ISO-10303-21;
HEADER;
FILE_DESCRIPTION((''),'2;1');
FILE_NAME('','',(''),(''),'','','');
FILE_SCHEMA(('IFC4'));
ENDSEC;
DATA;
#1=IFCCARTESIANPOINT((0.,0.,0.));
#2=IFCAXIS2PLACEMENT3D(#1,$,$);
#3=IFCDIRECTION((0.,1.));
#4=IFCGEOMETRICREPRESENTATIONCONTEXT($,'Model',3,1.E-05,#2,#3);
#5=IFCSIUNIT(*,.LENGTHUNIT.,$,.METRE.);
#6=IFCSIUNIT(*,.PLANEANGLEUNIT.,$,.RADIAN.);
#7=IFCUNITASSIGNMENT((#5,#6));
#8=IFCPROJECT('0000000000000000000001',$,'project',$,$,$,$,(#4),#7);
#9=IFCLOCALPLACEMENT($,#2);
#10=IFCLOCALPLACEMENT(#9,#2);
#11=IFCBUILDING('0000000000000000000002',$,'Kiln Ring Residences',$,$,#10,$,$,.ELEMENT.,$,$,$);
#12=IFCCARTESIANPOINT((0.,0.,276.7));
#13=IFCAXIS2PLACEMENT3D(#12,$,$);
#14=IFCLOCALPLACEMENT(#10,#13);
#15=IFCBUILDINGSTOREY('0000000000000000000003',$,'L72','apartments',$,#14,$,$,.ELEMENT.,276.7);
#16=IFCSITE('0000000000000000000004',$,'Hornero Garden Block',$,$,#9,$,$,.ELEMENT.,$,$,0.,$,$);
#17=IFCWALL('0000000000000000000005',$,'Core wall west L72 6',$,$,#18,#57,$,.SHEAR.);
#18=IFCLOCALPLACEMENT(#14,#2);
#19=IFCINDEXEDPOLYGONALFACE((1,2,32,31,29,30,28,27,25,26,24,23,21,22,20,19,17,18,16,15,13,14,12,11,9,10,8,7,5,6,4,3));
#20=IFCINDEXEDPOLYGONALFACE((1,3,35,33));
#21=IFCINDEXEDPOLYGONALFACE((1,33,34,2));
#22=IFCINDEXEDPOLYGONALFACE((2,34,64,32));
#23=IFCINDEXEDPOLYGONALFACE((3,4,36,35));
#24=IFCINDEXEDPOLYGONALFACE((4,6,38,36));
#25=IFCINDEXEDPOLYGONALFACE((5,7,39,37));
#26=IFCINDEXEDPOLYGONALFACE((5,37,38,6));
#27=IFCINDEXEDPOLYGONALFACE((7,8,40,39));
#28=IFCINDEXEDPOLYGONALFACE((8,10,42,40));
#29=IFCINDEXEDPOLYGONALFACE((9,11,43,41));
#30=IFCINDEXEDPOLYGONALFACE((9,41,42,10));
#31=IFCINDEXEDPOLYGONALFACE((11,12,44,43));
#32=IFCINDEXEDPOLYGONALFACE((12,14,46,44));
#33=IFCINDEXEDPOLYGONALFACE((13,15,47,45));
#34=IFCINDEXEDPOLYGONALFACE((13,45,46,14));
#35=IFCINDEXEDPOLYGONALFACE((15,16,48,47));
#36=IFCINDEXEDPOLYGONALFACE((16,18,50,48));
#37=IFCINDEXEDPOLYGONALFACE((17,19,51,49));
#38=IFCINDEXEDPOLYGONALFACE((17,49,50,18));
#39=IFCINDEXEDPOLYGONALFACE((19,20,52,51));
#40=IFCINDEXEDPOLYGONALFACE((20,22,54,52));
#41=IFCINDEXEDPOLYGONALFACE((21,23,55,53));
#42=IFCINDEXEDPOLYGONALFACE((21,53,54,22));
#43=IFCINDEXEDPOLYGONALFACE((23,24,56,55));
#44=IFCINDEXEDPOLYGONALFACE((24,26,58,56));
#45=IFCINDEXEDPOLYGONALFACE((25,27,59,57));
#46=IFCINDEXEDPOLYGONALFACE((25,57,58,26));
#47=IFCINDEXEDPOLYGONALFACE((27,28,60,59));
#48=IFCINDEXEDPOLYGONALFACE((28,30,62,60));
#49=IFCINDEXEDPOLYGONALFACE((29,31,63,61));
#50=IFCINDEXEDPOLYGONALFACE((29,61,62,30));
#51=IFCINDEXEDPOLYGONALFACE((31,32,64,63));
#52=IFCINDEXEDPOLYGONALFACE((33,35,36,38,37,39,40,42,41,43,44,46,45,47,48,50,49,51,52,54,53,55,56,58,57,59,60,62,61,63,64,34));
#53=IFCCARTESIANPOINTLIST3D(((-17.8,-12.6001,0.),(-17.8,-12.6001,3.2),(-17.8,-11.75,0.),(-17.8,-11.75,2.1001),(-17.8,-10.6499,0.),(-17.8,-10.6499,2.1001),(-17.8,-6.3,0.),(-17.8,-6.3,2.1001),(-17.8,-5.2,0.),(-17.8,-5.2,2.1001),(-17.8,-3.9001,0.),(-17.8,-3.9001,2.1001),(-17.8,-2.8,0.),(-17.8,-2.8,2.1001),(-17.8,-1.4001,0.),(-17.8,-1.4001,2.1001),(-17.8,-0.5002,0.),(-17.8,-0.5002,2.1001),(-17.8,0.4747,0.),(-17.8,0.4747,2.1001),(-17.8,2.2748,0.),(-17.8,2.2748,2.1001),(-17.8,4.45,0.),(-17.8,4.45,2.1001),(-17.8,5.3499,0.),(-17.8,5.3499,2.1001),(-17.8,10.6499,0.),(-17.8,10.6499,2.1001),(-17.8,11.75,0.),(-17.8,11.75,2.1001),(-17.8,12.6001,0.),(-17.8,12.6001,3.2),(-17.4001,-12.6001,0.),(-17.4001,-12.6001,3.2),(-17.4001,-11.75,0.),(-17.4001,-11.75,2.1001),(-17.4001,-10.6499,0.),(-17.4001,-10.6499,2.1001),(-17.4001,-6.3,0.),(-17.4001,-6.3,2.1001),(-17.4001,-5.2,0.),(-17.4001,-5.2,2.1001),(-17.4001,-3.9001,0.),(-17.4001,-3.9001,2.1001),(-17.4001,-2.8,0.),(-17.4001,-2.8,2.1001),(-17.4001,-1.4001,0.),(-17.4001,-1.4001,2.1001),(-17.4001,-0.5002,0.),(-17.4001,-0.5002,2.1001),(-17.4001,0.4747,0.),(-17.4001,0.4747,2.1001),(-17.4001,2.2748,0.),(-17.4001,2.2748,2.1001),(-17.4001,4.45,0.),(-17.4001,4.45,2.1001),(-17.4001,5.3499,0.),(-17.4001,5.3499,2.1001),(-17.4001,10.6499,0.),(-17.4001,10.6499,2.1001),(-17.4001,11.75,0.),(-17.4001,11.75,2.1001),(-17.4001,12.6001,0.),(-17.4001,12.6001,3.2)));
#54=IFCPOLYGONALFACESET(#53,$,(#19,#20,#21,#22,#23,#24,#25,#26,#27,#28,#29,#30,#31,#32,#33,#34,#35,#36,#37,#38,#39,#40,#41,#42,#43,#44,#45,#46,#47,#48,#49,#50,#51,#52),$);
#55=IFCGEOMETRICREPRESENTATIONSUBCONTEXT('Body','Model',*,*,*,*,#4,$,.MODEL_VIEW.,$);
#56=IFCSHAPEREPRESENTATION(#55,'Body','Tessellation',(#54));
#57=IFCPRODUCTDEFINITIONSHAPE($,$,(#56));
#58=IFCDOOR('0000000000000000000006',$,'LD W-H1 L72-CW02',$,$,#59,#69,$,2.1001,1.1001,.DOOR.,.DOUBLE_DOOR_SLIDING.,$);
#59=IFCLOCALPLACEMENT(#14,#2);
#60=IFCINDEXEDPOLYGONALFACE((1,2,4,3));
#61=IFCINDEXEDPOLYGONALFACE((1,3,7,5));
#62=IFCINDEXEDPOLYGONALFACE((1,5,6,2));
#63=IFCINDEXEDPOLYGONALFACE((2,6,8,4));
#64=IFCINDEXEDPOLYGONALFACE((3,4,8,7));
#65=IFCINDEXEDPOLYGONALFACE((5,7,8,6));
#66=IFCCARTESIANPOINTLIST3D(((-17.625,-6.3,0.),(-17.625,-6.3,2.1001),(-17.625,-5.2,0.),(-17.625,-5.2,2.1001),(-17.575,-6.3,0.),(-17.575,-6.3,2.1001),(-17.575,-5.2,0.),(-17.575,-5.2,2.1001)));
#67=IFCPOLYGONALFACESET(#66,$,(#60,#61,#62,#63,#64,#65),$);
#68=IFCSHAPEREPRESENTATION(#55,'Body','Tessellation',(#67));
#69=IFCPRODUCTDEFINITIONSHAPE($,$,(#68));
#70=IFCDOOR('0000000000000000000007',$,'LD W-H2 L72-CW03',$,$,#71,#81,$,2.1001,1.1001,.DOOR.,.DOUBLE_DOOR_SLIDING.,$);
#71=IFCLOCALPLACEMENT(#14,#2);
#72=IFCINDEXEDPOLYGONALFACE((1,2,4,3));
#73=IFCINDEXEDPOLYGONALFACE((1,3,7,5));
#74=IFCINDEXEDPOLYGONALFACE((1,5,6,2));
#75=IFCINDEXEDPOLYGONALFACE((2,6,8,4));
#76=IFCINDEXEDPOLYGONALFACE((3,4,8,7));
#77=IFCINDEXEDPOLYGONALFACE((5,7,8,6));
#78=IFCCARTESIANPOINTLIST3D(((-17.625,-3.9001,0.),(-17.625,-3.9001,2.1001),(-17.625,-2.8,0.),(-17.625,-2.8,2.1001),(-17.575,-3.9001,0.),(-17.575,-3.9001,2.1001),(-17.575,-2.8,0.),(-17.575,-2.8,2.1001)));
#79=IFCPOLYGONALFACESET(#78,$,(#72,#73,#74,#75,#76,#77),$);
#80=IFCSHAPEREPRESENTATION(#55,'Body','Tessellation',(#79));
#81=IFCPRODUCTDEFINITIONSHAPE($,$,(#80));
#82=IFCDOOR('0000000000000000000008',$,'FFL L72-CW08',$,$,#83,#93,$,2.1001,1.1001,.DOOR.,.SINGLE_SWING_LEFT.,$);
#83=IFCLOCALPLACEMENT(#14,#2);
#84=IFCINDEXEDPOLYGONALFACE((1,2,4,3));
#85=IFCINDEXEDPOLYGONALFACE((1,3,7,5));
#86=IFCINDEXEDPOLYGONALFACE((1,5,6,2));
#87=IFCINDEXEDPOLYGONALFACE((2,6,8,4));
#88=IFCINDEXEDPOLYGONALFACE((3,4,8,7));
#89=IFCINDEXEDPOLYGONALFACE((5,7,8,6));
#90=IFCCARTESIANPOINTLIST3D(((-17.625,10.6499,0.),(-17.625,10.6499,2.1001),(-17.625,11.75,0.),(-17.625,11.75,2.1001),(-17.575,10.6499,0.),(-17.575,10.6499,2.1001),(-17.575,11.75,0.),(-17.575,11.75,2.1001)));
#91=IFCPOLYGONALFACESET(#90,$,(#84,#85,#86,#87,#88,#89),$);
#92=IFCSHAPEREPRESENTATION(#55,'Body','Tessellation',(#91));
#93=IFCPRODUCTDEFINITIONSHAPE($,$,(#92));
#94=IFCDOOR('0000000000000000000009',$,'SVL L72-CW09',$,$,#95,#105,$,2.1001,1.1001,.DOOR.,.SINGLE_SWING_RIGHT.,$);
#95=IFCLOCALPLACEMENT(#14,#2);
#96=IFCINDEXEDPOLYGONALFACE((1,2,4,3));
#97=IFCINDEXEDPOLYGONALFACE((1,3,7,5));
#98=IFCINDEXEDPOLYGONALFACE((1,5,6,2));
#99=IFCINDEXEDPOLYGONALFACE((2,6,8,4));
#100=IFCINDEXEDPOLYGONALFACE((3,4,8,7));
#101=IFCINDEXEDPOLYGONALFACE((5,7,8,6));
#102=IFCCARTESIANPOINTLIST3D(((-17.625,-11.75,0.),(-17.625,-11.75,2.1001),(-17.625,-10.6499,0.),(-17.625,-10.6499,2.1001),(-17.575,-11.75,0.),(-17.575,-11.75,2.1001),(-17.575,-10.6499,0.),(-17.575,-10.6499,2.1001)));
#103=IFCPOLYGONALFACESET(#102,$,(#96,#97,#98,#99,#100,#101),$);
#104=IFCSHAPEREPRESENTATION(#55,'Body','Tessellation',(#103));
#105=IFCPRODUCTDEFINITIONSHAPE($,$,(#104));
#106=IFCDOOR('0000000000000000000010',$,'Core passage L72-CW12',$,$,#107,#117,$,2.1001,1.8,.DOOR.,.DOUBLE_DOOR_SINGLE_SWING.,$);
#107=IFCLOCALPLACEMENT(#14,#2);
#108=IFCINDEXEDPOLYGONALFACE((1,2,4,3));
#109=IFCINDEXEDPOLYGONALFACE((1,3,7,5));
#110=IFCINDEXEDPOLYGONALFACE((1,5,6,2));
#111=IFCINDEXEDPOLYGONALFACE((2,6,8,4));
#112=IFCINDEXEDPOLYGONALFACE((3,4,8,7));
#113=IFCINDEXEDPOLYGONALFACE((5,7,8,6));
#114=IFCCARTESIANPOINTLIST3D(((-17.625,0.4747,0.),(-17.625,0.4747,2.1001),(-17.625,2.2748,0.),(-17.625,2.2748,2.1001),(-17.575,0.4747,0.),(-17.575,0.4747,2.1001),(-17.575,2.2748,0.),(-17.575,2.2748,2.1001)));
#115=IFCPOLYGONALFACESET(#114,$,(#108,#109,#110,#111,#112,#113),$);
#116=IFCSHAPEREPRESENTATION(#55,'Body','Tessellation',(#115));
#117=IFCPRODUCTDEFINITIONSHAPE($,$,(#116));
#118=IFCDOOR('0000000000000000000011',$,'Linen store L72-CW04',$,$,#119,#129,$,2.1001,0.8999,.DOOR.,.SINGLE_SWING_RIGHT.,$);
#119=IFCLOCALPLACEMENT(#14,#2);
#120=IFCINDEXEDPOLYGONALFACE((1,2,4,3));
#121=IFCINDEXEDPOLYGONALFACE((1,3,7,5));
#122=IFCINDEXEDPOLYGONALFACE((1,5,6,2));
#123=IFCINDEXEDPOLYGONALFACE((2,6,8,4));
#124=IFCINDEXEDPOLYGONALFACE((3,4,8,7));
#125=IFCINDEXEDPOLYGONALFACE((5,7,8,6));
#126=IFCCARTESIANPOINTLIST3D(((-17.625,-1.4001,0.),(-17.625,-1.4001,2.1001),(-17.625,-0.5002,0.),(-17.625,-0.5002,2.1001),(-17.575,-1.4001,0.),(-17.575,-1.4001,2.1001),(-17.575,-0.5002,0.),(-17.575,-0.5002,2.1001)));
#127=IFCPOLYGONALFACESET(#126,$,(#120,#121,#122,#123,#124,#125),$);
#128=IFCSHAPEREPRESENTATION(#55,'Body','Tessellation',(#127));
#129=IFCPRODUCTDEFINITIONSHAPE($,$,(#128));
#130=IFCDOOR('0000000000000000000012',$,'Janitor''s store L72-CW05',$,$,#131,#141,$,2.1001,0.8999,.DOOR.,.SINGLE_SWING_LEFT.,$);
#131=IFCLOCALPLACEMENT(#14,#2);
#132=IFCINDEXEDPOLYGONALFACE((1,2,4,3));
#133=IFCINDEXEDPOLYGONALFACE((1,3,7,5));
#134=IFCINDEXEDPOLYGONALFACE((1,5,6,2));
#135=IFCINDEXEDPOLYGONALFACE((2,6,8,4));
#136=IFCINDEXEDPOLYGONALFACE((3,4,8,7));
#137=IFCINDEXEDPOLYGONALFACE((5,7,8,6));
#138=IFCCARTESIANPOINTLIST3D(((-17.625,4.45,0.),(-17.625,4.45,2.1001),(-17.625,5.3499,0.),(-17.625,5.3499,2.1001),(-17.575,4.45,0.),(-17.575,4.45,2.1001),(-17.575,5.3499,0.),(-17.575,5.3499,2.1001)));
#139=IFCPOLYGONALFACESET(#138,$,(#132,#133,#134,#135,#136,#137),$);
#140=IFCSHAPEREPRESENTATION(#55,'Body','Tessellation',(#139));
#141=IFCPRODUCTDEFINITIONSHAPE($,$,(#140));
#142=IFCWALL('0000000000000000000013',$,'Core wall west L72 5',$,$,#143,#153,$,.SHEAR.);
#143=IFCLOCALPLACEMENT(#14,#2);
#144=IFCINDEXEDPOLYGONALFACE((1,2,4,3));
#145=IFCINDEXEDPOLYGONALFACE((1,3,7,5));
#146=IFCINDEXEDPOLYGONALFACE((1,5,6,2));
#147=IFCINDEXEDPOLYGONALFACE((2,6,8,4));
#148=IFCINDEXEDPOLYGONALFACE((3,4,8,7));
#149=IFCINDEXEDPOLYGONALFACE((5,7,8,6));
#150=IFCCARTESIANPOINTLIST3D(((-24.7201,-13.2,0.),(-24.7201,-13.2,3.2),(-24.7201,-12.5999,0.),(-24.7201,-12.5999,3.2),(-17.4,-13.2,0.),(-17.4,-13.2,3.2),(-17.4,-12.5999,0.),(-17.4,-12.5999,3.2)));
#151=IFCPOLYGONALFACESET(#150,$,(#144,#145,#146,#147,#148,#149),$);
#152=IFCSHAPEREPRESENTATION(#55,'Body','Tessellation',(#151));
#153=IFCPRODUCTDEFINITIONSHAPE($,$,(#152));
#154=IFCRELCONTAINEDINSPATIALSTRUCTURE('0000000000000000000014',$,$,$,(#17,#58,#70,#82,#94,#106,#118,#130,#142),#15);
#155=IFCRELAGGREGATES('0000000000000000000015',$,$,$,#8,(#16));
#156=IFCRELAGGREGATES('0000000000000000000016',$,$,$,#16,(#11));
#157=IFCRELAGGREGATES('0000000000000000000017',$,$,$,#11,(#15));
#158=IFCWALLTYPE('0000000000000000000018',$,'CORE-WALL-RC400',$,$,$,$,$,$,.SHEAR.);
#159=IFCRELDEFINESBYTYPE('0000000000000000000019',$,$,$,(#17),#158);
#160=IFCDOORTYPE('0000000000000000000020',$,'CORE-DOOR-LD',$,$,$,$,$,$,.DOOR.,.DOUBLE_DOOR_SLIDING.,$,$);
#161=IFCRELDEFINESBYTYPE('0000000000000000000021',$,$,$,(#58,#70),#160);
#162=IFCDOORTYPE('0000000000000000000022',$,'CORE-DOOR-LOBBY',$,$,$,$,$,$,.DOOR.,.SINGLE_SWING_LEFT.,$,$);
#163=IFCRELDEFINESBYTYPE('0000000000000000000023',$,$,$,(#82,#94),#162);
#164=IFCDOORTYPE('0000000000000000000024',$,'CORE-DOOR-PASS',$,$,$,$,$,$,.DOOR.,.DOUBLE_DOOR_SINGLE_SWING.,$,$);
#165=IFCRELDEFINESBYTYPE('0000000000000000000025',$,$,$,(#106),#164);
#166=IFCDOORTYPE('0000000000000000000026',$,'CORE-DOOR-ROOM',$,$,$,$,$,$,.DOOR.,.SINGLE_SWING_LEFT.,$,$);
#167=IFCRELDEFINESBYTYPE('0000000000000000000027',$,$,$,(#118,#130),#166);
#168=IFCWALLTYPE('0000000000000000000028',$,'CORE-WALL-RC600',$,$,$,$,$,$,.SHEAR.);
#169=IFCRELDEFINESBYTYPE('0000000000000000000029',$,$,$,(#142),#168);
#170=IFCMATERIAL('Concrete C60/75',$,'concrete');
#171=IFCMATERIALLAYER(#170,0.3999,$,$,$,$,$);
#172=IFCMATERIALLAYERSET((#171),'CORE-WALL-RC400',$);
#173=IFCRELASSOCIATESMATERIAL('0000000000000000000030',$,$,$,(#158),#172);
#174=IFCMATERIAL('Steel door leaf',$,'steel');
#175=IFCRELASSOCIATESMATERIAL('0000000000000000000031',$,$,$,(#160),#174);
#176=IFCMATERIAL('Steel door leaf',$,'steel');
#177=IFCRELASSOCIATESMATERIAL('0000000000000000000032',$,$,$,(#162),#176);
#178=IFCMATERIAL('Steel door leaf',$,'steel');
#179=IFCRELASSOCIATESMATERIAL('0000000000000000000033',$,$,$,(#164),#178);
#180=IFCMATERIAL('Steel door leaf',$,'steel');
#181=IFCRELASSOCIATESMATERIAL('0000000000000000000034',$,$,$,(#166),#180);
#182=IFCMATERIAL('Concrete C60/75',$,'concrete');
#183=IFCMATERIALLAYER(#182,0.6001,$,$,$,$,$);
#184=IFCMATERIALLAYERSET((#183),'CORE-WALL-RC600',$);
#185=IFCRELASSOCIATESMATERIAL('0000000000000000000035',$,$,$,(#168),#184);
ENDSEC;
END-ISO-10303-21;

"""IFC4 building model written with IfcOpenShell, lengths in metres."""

from ifc_helpers import new_model, si_unit, direction, frame, frame_2d, origin, place, context, subcontext, project, spatial, rectangle, extrude, material, layer, layer_set, type_object, element, fill, save


model = new_model("IFC4")

# Units and contexts
model_context = context("Model", 3, precision=1e-05, world=origin(), true_north=direction((0.0, 1.0)))
body_context = subcontext(model_context, "Body", "Model", "MODEL_VIEW")
ifc_project = project(units=[si_unit("LENGTHUNIT", "METRE"), si_unit("PLANEANGLEUNIT", "RADIAN")], contexts=[model_context])

# Site, building, storey
site_placement = place(None, origin())
site = spatial("IfcSite", under=ifc_project, at=site_placement, Name="Hornero Garden Block", CompositionType="ELEMENT", RefElevation=0.0)
building_placement = place(site_placement, origin())
building = spatial("IfcBuilding", under=site, at=building_placement, Name="Kiln Ring Residences", CompositionType="ELEMENT")
storey_placement = place(building_placement, frame((0.0, 0.0, 276.7)))
storey = spatial("IfcBuildingStorey", under=building, at=storey_placement, Name="L72", Description="apartments", CompositionType="ELEMENT", Elevation=276.7)

# Wall, openings, doors
ifc_material_1 = material(Name="Concrete C60/75", Category="concrete")
ifc_layer_1 = layer(ifc_material_1, 0.3999)
ifc_layer_set_1 = layer_set([ifc_layer_1], Name="CORE-WALL-RC400")
wall_type_1 = type_object("IfcWallType", Name="CORE-WALL-RC400", PredefinedType="SHEAR", material=ifc_layer_set_1)
wall_1_placement = place(storey_placement, frame((-17.6001, -12.6001, 0.0), z_axis=(0.0, 0.0, 1.0), x_axis=(0.0, 1.0, 0.0)))
wall_1 = element("IfcWall", 1, at=wall_1_placement, inside=storey, type_object=wall_type_1, Name="Core wall west L72 6", PredefinedType="SHEAR", context=body_context, shape_type="SweptSolid", body=[
    extrude(rectangle(XDim=25.2002, YDim=0.3999, at=frame_2d((12.6001, 0.0))), origin(), (0.0, 0.0, 1.0), 3.2),
])
opening_1_placement = place(wall_1_placement, frame((6.3, 0.0, 0.0)))
opening_1 = element("IfcOpeningElement", 2, at=opening_1_placement, cuts=wall_1, PredefinedType="OPENING", context=body_context, shape_type="SweptSolid", body=[
    extrude(rectangle(XDim=1.1001, YDim=2.1001, at=frame_2d((0.55, 1.05))), frame((0.0, 0.21, 0.0), z_axis=(0.0, -1.0, 0.0), x_axis=(1.0, 0.0, 0.0)), (0.0, 0.0, 1.0), 0.4199),
])
opening_2_placement = place(wall_1_placement, frame((8.7, 0.0, 0.0)))
opening_2 = element("IfcOpeningElement", 3, at=opening_2_placement, cuts=wall_1, PredefinedType="OPENING", context=body_context, shape_type="SweptSolid", body=[
    extrude(rectangle(XDim=1.1001, YDim=2.1001, at=frame_2d((0.55, 1.05))), frame((0.0, 0.21, 0.0), z_axis=(0.0, -1.0, 0.0), x_axis=(1.0, 0.0, 0.0)), (0.0, 0.0, 1.0), 0.4199),
])
opening_3_placement = place(wall_1_placement, frame((11.2, 0.0, 0.0)))
opening_3 = element("IfcOpeningElement", 4, at=opening_3_placement, cuts=wall_1, PredefinedType="OPENING", context=body_context, shape_type="SweptSolid", body=[
    extrude(rectangle(XDim=0.8999, YDim=2.1001, at=frame_2d((0.45, 1.05))), frame((0.0, 0.21, 0.0), z_axis=(0.0, -1.0, 0.0), x_axis=(1.0, 0.0, 0.0)), (0.0, 0.0, 1.0), 0.4199),
])
opening_4_placement = place(wall_1_placement, frame((17.05, 0.0, 0.0)))
opening_4 = element("IfcOpeningElement", 5, at=opening_4_placement, cuts=wall_1, PredefinedType="OPENING", context=body_context, shape_type="SweptSolid", body=[
    extrude(rectangle(XDim=0.8999, YDim=2.1001, at=frame_2d((0.45, 1.05))), frame((0.0, 0.21, 0.0), z_axis=(0.0, -1.0, 0.0), x_axis=(1.0, 0.0, 0.0)), (0.0, 0.0, 1.0), 0.4199),
])
opening_5_placement = place(wall_1_placement, frame((23.25, 0.0, 0.0)))
opening_5 = element("IfcOpeningElement", 6, at=opening_5_placement, cuts=wall_1, PredefinedType="OPENING", context=body_context, shape_type="SweptSolid", body=[
    extrude(rectangle(XDim=1.1001, YDim=2.1001, at=frame_2d((0.55, 1.05))), frame((0.0, 0.21, 0.0), z_axis=(0.0, -1.0, 0.0), x_axis=(1.0, 0.0, 0.0)), (0.0, 0.0, 1.0), 0.4199),
])
opening_6_placement = place(wall_1_placement, frame((0.8501, 0.0, 0.0)))
opening_6 = element("IfcOpeningElement", 7, at=opening_6_placement, cuts=wall_1, PredefinedType="OPENING", context=body_context, shape_type="SweptSolid", body=[
    extrude(rectangle(XDim=1.1001, YDim=2.1001, at=frame_2d((0.55, 1.05))), frame((0.0, 0.21, 0.0), z_axis=(0.0, -1.0, 0.0), x_axis=(1.0, 0.0, 0.0)), (0.0, 0.0, 1.0), 0.4199),
])
opening_7_placement = place(wall_1_placement, frame((13.075, 0.0, 0.0)))
opening_7 = element("IfcOpeningElement", 8, at=opening_7_placement, cuts=wall_1, PredefinedType="OPENING", context=body_context, shape_type="SweptSolid", body=[
    extrude(rectangle(XDim=1.8, YDim=2.1001, at=frame_2d((0.8999, 1.05))), frame((0.0, 0.21, 0.0), z_axis=(0.0, -1.0, 0.0), x_axis=(1.0, 0.0, 0.0)), (0.0, 0.0, 1.0), 0.4199),
])
ifc_material_2 = material(Name="Steel door leaf", Category="steel")
door_type_1 = type_object("IfcDoorType", Name="CORE-DOOR-LD", OperationType="DOUBLE_DOOR_SLIDING", PredefinedType="DOOR", material=ifc_material_2)
door_1_placement = place(opening_1_placement, origin())
door_1 = element("IfcDoor", 9, at=door_1_placement, inside=storey, type_object=door_type_1, Name="LD W-H1 L72-CW02", OperationType="DOUBLE_DOOR_SLIDING", OverallHeight=2.1001, OverallWidth=1.1001, PredefinedType="DOOR", context=body_context, shape_type="SweptSolid", body=[
    extrude(rectangle(XDim=1.1001, YDim=2.1001, at=frame_2d((0.55, 1.05))), frame((0.0, 0.0249, 0.0), z_axis=(0.0, -1.0, 0.0), x_axis=(1.0, 0.0, 0.0)), (0.0, 0.0, 1.0), 0.05),
])
fill(opening_1, door_1)
door_2_placement = place(opening_2_placement, origin())
door_2 = element("IfcDoor", 10, at=door_2_placement, inside=storey, type_object=door_type_1, Name="LD W-H2 L72-CW03", OperationType="DOUBLE_DOOR_SLIDING", OverallHeight=2.1001, OverallWidth=1.1001, PredefinedType="DOOR", context=body_context, shape_type="SweptSolid", body=[
    extrude(rectangle(XDim=1.1001, YDim=2.1001, at=frame_2d((0.55, 1.05))), frame((0.0, 0.0249, 0.0), z_axis=(0.0, -1.0, 0.0), x_axis=(1.0, 0.0, 0.0)), (0.0, 0.0, 1.0), 0.05),
])
fill(opening_2, door_2)
ifc_material_3 = material(Name="Steel door leaf", Category="steel")
door_type_2 = type_object("IfcDoorType", Name="CORE-DOOR-LOBBY", OperationType="SINGLE_SWING_LEFT", PredefinedType="DOOR", material=ifc_material_3)
door_3_placement = place(opening_5_placement, origin())
door_3 = element("IfcDoor", 11, at=door_3_placement, inside=storey, type_object=door_type_2, Name="FFL L72-CW08", OperationType="SINGLE_SWING_LEFT", OverallHeight=2.1001, OverallWidth=1.1001, PredefinedType="DOOR", context=body_context, shape_type="SweptSolid", body=[
    extrude(rectangle(XDim=1.1001, YDim=2.1001, at=frame_2d((0.55, 1.05))), frame((0.0, 0.0249, 0.0), z_axis=(0.0, -1.0, 0.0), x_axis=(1.0, 0.0, 0.0)), (0.0, 0.0, 1.0), 0.05),
])
fill(opening_5, door_3)
door_4_placement = place(opening_6_placement, origin())
door_4 = element("IfcDoor", 12, at=door_4_placement, inside=storey, type_object=door_type_2, Name="SVL L72-CW09", OperationType="SINGLE_SWING_RIGHT", OverallHeight=2.1001, OverallWidth=1.1001, PredefinedType="DOOR", context=body_context, shape_type="SweptSolid", body=[
    extrude(rectangle(XDim=1.1001, YDim=2.1001, at=frame_2d((0.55, 1.05))), frame((0.0, 0.0249, 0.0), z_axis=(0.0, -1.0, 0.0), x_axis=(1.0, 0.0, 0.0)), (0.0, 0.0, 1.0), 0.05),
])
fill(opening_6, door_4)
ifc_material_4 = material(Name="Steel door leaf", Category="steel")
door_type_3 = type_object("IfcDoorType", Name="CORE-DOOR-PASS", OperationType="DOUBLE_DOOR_SINGLE_SWING", PredefinedType="DOOR", material=ifc_material_4)
door_5_placement = place(opening_7_placement, origin())
door_5 = element("IfcDoor", 13, at=door_5_placement, inside=storey, type_object=door_type_3, Name="Core passage L72-CW12", OperationType="DOUBLE_DOOR_SINGLE_SWING", OverallHeight=2.1001, OverallWidth=1.8, PredefinedType="DOOR", context=body_context, shape_type="SweptSolid", body=[
    extrude(rectangle(XDim=1.8, YDim=2.1001, at=frame_2d((0.8999, 1.05))), frame((0.0, 0.0249, 0.0), z_axis=(0.0, -1.0, 0.0), x_axis=(1.0, 0.0, 0.0)), (0.0, 0.0, 1.0), 0.05),
])
fill(opening_7, door_5)
ifc_material_5 = material(Name="Steel door leaf", Category="steel")
door_type_4 = type_object("IfcDoorType", Name="CORE-DOOR-ROOM", OperationType="SINGLE_SWING_LEFT", PredefinedType="DOOR", material=ifc_material_5)
door_6_placement = place(opening_3_placement, origin())
door_6 = element("IfcDoor", 14, at=door_6_placement, inside=storey, type_object=door_type_4, Name="Linen store L72-CW04", OperationType="SINGLE_SWING_RIGHT", OverallHeight=2.1001, OverallWidth=0.8999, PredefinedType="DOOR", context=body_context, shape_type="SweptSolid", body=[
    extrude(rectangle(XDim=0.8999, YDim=2.1001, at=frame_2d((0.45, 1.05))), frame((0.0, 0.0249, 0.0), z_axis=(0.0, -1.0, 0.0), x_axis=(1.0, 0.0, 0.0)), (0.0, 0.0, 1.0), 0.05),
])
fill(opening_3, door_6)
door_7_placement = place(opening_4_placement, origin())
door_7 = element("IfcDoor", 15, at=door_7_placement, inside=storey, type_object=door_type_4, Name="Janitor's store L72-CW05", OperationType="SINGLE_SWING_LEFT", OverallHeight=2.1001, OverallWidth=0.8999, PredefinedType="DOOR", context=body_context, shape_type="SweptSolid", body=[
    extrude(rectangle(XDim=0.8999, YDim=2.1001, at=frame_2d((0.45, 1.05))), frame((0.0, 0.0249, 0.0), z_axis=(0.0, -1.0, 0.0), x_axis=(1.0, 0.0, 0.0)), (0.0, 0.0, 1.0), 0.05),
])
fill(opening_4, door_7)

# Wall
ifc_material_6 = material(Name="Concrete C60/75", Category="concrete")
ifc_layer_2 = layer(ifc_material_6, 0.6001)
ifc_layer_set_2 = layer_set([ifc_layer_2], Name="CORE-WALL-RC600")
wall_type_2 = type_object("IfcWallType", Name="CORE-WALL-RC600", PredefinedType="SHEAR", material=ifc_layer_set_2)
wall_2_placement = place(storey_placement, frame((-17.3999, -12.8999, 0.0), z_axis=(0.0, 0.0, 1.0), x_axis=(-1.0, 0.0, 0.0)))
element("IfcWall", 16, at=wall_2_placement, inside=storey, type_object=wall_type_2, Name="Core wall west L72 5", PredefinedType="SHEAR", context=body_context, shape_type="SweptSolid", body=[
    extrude(rectangle(XDim=7.3201, YDim=0.6001, at=frame_2d((3.6602, 0.0))), origin(), (0.0, 0.0, 1.0), 3.2),
])

save(model, "model.ifc")
